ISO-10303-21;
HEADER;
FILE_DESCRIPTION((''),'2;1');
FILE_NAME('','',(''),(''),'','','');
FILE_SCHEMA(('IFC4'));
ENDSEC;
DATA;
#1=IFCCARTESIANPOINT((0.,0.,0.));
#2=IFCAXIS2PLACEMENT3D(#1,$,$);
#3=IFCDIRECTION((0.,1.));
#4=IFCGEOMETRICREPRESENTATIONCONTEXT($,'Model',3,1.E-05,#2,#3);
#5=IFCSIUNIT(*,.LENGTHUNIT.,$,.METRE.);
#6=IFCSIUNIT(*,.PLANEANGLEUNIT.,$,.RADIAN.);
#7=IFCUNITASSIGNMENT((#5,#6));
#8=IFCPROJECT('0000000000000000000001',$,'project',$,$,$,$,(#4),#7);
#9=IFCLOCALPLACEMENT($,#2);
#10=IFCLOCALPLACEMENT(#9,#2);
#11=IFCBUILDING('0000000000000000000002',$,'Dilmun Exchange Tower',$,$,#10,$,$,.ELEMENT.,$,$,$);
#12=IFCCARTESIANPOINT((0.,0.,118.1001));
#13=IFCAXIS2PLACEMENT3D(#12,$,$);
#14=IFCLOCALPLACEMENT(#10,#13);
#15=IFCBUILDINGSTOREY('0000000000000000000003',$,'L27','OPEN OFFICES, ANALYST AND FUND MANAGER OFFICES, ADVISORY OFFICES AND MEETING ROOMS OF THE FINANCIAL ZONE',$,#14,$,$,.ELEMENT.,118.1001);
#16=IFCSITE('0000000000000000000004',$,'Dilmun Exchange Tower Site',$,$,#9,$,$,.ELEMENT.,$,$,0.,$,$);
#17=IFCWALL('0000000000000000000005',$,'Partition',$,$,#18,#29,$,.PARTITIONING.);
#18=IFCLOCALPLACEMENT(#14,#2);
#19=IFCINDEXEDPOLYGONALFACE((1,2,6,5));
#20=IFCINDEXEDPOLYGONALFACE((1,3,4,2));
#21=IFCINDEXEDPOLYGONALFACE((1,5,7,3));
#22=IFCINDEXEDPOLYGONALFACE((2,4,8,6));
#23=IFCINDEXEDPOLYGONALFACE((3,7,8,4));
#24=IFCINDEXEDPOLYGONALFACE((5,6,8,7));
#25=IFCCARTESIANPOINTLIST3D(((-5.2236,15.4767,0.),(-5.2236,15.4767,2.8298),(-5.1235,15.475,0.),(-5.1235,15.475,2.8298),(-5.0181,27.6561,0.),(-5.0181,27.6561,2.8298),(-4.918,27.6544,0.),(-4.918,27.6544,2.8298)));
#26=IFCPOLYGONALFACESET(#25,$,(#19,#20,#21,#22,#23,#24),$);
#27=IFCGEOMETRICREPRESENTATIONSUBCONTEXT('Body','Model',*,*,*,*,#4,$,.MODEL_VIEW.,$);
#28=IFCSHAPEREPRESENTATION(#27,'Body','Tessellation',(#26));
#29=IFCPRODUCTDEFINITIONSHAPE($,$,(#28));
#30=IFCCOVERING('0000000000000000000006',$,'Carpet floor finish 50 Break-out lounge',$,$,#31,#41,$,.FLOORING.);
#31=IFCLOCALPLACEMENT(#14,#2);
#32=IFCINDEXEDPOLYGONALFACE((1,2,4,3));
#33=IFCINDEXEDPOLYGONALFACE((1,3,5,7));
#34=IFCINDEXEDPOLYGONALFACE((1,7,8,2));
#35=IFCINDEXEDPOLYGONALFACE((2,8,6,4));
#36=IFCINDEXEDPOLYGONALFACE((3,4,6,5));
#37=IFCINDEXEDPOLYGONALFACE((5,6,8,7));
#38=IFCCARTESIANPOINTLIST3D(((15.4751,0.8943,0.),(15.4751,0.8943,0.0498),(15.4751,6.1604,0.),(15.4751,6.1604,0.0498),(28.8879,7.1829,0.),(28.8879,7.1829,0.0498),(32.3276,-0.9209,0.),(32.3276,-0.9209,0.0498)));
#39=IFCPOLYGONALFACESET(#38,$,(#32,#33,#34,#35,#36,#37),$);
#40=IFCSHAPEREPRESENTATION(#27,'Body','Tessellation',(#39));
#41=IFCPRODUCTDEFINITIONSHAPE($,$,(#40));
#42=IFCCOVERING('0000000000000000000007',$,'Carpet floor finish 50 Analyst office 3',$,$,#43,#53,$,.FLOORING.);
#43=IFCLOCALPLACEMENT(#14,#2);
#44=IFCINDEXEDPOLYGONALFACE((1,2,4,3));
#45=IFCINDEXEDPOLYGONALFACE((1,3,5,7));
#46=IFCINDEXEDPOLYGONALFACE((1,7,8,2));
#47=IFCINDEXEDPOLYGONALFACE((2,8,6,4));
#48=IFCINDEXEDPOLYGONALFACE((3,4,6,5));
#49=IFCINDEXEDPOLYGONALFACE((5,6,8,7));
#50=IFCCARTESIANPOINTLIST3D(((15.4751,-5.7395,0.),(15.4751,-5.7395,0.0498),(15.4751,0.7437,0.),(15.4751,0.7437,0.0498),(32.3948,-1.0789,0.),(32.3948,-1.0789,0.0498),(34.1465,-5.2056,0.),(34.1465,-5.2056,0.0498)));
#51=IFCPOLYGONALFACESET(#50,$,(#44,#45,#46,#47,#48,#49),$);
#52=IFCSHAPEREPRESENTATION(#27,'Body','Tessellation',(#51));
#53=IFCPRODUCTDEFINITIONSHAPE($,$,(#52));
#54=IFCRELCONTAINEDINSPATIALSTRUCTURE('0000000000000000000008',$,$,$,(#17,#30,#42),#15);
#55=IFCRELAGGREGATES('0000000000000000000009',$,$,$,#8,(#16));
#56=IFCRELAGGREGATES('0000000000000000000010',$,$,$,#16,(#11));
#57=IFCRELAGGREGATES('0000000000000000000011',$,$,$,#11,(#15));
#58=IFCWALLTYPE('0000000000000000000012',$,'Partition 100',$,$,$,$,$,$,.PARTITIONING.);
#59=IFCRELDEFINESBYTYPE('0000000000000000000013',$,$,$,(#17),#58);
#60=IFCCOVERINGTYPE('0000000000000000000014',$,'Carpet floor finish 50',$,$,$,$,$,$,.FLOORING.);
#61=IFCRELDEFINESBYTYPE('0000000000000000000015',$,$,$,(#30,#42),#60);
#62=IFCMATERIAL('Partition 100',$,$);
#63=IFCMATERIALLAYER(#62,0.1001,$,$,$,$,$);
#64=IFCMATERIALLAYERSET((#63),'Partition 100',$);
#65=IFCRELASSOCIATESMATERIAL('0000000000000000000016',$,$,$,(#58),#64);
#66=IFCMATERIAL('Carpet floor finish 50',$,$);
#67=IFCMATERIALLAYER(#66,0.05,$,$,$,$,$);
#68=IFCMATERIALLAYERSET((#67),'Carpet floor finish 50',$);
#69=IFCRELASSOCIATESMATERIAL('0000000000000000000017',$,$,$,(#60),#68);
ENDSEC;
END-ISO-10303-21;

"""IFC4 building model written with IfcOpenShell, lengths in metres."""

from ifc_helpers import new_model, si_unit, direction, frame, frame_2d, origin, place, context, subcontext, project, spatial, polyline, rectangle, outline, extrude, material, layer, layer_set, type_object, element, save


model = new_model("IFC4")

# Units and contexts
model_context = context("Model", 3, precision=1e-05, world=origin(), true_north=direction((0.0, 1.0)))
body_context = subcontext(model_context, "Body", "Model", "MODEL_VIEW")
ifc_project = project(units=[si_unit("LENGTHUNIT", "METRE"), si_unit("PLANEANGLEUNIT", "RADIAN")], contexts=[model_context])

# Site, building, storey
site_placement = place(None, origin())
site = spatial("IfcSite", under=ifc_project, at=site_placement, Name="Dilmun Exchange Tower Site", CompositionType="ELEMENT", RefElevation=0.0)
building_placement = place(site_placement, origin())
building = spatial("IfcBuilding", under=site, at=building_placement, Name="Dilmun Exchange Tower", CompositionType="ELEMENT")
storey_placement = place(building_placement, frame((0.0, 0.0, 118.1001)))
storey = spatial("IfcBuildingStorey", under=building, at=storey_placement, Name="L27", Description="OPEN OFFICES, ANALYST AND FUND MANAGER OFFICES, ADVISORY OFFICES AND MEETING ROOMS OF THE FINANCIAL ZONE", CompositionType="ELEMENT", Elevation=118.1001)

# Wall
ifc_material_1 = material(Name="Partition 100")
ifc_layer_1 = layer(ifc_material_1, 0.1001)
ifc_layer_set_1 = layer_set([ifc_layer_1], Name="Partition 100")
wall_type_1 = type_object("IfcWallType", Name="Partition 100", PredefinedType="PARTITIONING", material=ifc_layer_set_1)
wall_1_placement = place(storey_placement, frame((-5.1736, 15.4758, 0.0), z_axis=(0.0, 0.0, 1.0), x_axis=(0.016876, 0.999858, 0.0)))
element("IfcWall", 1, at=wall_1_placement, inside=storey, type_object=wall_type_1, Name="Partition", PredefinedType="PARTITIONING", context=body_context, shape_type="SweptSolid", body=[
    extrude(rectangle(XDim=12.1812, YDim=0.1001, at=frame_2d((6.0906, 0.0))), origin(), (0.0, 0.0, 1.0), 2.8298),
])

# Coverings
ifc_material_2 = material(Name="Carpet floor finish 50")
ifc_layer_2 = layer(ifc_material_2, 0.05)
ifc_layer_set_2 = layer_set([ifc_layer_2], Name="Carpet floor finish 50")
covering_type = type_object("IfcCoveringType", Name="Carpet floor finish 50", PredefinedType="FLOORING", material=ifc_layer_set_2)
covering_1_placement = place(storey_placement, origin())
element("IfcCovering", 2, at=covering_1_placement, inside=storey, type_object=covering_type, Name="Carpet floor finish 50 Break-out lounge", PredefinedType="FLOORING", context=body_context, shape_type="SweptSolid", body=[
    extrude(outline(polyline([(15.4751, 0.8943), (15.4751, 6.1604), (28.8879, 7.1829), (32.3276, -0.9209), (15.4751, 0.8943)])), origin(), (0.0, 0.0, 1.0), 0.0498),
])
covering_2_placement = place(storey_placement, origin())
element("IfcCovering", 3, at=covering_2_placement, inside=storey, type_object=covering_type, Name="Carpet floor finish 50 Analyst office 3", PredefinedType="FLOORING", context=body_context, shape_type="SweptSolid", body=[
    extrude(outline(polyline([(15.4751, -5.7395), (15.4751, 0.7437), (32.3948, -1.0789), (34.1465, -5.2056), (15.4751, -5.7395)])), origin(), (0.0, 0.0, 1.0), 0.0498),
])

save(model, "model.ifc")
